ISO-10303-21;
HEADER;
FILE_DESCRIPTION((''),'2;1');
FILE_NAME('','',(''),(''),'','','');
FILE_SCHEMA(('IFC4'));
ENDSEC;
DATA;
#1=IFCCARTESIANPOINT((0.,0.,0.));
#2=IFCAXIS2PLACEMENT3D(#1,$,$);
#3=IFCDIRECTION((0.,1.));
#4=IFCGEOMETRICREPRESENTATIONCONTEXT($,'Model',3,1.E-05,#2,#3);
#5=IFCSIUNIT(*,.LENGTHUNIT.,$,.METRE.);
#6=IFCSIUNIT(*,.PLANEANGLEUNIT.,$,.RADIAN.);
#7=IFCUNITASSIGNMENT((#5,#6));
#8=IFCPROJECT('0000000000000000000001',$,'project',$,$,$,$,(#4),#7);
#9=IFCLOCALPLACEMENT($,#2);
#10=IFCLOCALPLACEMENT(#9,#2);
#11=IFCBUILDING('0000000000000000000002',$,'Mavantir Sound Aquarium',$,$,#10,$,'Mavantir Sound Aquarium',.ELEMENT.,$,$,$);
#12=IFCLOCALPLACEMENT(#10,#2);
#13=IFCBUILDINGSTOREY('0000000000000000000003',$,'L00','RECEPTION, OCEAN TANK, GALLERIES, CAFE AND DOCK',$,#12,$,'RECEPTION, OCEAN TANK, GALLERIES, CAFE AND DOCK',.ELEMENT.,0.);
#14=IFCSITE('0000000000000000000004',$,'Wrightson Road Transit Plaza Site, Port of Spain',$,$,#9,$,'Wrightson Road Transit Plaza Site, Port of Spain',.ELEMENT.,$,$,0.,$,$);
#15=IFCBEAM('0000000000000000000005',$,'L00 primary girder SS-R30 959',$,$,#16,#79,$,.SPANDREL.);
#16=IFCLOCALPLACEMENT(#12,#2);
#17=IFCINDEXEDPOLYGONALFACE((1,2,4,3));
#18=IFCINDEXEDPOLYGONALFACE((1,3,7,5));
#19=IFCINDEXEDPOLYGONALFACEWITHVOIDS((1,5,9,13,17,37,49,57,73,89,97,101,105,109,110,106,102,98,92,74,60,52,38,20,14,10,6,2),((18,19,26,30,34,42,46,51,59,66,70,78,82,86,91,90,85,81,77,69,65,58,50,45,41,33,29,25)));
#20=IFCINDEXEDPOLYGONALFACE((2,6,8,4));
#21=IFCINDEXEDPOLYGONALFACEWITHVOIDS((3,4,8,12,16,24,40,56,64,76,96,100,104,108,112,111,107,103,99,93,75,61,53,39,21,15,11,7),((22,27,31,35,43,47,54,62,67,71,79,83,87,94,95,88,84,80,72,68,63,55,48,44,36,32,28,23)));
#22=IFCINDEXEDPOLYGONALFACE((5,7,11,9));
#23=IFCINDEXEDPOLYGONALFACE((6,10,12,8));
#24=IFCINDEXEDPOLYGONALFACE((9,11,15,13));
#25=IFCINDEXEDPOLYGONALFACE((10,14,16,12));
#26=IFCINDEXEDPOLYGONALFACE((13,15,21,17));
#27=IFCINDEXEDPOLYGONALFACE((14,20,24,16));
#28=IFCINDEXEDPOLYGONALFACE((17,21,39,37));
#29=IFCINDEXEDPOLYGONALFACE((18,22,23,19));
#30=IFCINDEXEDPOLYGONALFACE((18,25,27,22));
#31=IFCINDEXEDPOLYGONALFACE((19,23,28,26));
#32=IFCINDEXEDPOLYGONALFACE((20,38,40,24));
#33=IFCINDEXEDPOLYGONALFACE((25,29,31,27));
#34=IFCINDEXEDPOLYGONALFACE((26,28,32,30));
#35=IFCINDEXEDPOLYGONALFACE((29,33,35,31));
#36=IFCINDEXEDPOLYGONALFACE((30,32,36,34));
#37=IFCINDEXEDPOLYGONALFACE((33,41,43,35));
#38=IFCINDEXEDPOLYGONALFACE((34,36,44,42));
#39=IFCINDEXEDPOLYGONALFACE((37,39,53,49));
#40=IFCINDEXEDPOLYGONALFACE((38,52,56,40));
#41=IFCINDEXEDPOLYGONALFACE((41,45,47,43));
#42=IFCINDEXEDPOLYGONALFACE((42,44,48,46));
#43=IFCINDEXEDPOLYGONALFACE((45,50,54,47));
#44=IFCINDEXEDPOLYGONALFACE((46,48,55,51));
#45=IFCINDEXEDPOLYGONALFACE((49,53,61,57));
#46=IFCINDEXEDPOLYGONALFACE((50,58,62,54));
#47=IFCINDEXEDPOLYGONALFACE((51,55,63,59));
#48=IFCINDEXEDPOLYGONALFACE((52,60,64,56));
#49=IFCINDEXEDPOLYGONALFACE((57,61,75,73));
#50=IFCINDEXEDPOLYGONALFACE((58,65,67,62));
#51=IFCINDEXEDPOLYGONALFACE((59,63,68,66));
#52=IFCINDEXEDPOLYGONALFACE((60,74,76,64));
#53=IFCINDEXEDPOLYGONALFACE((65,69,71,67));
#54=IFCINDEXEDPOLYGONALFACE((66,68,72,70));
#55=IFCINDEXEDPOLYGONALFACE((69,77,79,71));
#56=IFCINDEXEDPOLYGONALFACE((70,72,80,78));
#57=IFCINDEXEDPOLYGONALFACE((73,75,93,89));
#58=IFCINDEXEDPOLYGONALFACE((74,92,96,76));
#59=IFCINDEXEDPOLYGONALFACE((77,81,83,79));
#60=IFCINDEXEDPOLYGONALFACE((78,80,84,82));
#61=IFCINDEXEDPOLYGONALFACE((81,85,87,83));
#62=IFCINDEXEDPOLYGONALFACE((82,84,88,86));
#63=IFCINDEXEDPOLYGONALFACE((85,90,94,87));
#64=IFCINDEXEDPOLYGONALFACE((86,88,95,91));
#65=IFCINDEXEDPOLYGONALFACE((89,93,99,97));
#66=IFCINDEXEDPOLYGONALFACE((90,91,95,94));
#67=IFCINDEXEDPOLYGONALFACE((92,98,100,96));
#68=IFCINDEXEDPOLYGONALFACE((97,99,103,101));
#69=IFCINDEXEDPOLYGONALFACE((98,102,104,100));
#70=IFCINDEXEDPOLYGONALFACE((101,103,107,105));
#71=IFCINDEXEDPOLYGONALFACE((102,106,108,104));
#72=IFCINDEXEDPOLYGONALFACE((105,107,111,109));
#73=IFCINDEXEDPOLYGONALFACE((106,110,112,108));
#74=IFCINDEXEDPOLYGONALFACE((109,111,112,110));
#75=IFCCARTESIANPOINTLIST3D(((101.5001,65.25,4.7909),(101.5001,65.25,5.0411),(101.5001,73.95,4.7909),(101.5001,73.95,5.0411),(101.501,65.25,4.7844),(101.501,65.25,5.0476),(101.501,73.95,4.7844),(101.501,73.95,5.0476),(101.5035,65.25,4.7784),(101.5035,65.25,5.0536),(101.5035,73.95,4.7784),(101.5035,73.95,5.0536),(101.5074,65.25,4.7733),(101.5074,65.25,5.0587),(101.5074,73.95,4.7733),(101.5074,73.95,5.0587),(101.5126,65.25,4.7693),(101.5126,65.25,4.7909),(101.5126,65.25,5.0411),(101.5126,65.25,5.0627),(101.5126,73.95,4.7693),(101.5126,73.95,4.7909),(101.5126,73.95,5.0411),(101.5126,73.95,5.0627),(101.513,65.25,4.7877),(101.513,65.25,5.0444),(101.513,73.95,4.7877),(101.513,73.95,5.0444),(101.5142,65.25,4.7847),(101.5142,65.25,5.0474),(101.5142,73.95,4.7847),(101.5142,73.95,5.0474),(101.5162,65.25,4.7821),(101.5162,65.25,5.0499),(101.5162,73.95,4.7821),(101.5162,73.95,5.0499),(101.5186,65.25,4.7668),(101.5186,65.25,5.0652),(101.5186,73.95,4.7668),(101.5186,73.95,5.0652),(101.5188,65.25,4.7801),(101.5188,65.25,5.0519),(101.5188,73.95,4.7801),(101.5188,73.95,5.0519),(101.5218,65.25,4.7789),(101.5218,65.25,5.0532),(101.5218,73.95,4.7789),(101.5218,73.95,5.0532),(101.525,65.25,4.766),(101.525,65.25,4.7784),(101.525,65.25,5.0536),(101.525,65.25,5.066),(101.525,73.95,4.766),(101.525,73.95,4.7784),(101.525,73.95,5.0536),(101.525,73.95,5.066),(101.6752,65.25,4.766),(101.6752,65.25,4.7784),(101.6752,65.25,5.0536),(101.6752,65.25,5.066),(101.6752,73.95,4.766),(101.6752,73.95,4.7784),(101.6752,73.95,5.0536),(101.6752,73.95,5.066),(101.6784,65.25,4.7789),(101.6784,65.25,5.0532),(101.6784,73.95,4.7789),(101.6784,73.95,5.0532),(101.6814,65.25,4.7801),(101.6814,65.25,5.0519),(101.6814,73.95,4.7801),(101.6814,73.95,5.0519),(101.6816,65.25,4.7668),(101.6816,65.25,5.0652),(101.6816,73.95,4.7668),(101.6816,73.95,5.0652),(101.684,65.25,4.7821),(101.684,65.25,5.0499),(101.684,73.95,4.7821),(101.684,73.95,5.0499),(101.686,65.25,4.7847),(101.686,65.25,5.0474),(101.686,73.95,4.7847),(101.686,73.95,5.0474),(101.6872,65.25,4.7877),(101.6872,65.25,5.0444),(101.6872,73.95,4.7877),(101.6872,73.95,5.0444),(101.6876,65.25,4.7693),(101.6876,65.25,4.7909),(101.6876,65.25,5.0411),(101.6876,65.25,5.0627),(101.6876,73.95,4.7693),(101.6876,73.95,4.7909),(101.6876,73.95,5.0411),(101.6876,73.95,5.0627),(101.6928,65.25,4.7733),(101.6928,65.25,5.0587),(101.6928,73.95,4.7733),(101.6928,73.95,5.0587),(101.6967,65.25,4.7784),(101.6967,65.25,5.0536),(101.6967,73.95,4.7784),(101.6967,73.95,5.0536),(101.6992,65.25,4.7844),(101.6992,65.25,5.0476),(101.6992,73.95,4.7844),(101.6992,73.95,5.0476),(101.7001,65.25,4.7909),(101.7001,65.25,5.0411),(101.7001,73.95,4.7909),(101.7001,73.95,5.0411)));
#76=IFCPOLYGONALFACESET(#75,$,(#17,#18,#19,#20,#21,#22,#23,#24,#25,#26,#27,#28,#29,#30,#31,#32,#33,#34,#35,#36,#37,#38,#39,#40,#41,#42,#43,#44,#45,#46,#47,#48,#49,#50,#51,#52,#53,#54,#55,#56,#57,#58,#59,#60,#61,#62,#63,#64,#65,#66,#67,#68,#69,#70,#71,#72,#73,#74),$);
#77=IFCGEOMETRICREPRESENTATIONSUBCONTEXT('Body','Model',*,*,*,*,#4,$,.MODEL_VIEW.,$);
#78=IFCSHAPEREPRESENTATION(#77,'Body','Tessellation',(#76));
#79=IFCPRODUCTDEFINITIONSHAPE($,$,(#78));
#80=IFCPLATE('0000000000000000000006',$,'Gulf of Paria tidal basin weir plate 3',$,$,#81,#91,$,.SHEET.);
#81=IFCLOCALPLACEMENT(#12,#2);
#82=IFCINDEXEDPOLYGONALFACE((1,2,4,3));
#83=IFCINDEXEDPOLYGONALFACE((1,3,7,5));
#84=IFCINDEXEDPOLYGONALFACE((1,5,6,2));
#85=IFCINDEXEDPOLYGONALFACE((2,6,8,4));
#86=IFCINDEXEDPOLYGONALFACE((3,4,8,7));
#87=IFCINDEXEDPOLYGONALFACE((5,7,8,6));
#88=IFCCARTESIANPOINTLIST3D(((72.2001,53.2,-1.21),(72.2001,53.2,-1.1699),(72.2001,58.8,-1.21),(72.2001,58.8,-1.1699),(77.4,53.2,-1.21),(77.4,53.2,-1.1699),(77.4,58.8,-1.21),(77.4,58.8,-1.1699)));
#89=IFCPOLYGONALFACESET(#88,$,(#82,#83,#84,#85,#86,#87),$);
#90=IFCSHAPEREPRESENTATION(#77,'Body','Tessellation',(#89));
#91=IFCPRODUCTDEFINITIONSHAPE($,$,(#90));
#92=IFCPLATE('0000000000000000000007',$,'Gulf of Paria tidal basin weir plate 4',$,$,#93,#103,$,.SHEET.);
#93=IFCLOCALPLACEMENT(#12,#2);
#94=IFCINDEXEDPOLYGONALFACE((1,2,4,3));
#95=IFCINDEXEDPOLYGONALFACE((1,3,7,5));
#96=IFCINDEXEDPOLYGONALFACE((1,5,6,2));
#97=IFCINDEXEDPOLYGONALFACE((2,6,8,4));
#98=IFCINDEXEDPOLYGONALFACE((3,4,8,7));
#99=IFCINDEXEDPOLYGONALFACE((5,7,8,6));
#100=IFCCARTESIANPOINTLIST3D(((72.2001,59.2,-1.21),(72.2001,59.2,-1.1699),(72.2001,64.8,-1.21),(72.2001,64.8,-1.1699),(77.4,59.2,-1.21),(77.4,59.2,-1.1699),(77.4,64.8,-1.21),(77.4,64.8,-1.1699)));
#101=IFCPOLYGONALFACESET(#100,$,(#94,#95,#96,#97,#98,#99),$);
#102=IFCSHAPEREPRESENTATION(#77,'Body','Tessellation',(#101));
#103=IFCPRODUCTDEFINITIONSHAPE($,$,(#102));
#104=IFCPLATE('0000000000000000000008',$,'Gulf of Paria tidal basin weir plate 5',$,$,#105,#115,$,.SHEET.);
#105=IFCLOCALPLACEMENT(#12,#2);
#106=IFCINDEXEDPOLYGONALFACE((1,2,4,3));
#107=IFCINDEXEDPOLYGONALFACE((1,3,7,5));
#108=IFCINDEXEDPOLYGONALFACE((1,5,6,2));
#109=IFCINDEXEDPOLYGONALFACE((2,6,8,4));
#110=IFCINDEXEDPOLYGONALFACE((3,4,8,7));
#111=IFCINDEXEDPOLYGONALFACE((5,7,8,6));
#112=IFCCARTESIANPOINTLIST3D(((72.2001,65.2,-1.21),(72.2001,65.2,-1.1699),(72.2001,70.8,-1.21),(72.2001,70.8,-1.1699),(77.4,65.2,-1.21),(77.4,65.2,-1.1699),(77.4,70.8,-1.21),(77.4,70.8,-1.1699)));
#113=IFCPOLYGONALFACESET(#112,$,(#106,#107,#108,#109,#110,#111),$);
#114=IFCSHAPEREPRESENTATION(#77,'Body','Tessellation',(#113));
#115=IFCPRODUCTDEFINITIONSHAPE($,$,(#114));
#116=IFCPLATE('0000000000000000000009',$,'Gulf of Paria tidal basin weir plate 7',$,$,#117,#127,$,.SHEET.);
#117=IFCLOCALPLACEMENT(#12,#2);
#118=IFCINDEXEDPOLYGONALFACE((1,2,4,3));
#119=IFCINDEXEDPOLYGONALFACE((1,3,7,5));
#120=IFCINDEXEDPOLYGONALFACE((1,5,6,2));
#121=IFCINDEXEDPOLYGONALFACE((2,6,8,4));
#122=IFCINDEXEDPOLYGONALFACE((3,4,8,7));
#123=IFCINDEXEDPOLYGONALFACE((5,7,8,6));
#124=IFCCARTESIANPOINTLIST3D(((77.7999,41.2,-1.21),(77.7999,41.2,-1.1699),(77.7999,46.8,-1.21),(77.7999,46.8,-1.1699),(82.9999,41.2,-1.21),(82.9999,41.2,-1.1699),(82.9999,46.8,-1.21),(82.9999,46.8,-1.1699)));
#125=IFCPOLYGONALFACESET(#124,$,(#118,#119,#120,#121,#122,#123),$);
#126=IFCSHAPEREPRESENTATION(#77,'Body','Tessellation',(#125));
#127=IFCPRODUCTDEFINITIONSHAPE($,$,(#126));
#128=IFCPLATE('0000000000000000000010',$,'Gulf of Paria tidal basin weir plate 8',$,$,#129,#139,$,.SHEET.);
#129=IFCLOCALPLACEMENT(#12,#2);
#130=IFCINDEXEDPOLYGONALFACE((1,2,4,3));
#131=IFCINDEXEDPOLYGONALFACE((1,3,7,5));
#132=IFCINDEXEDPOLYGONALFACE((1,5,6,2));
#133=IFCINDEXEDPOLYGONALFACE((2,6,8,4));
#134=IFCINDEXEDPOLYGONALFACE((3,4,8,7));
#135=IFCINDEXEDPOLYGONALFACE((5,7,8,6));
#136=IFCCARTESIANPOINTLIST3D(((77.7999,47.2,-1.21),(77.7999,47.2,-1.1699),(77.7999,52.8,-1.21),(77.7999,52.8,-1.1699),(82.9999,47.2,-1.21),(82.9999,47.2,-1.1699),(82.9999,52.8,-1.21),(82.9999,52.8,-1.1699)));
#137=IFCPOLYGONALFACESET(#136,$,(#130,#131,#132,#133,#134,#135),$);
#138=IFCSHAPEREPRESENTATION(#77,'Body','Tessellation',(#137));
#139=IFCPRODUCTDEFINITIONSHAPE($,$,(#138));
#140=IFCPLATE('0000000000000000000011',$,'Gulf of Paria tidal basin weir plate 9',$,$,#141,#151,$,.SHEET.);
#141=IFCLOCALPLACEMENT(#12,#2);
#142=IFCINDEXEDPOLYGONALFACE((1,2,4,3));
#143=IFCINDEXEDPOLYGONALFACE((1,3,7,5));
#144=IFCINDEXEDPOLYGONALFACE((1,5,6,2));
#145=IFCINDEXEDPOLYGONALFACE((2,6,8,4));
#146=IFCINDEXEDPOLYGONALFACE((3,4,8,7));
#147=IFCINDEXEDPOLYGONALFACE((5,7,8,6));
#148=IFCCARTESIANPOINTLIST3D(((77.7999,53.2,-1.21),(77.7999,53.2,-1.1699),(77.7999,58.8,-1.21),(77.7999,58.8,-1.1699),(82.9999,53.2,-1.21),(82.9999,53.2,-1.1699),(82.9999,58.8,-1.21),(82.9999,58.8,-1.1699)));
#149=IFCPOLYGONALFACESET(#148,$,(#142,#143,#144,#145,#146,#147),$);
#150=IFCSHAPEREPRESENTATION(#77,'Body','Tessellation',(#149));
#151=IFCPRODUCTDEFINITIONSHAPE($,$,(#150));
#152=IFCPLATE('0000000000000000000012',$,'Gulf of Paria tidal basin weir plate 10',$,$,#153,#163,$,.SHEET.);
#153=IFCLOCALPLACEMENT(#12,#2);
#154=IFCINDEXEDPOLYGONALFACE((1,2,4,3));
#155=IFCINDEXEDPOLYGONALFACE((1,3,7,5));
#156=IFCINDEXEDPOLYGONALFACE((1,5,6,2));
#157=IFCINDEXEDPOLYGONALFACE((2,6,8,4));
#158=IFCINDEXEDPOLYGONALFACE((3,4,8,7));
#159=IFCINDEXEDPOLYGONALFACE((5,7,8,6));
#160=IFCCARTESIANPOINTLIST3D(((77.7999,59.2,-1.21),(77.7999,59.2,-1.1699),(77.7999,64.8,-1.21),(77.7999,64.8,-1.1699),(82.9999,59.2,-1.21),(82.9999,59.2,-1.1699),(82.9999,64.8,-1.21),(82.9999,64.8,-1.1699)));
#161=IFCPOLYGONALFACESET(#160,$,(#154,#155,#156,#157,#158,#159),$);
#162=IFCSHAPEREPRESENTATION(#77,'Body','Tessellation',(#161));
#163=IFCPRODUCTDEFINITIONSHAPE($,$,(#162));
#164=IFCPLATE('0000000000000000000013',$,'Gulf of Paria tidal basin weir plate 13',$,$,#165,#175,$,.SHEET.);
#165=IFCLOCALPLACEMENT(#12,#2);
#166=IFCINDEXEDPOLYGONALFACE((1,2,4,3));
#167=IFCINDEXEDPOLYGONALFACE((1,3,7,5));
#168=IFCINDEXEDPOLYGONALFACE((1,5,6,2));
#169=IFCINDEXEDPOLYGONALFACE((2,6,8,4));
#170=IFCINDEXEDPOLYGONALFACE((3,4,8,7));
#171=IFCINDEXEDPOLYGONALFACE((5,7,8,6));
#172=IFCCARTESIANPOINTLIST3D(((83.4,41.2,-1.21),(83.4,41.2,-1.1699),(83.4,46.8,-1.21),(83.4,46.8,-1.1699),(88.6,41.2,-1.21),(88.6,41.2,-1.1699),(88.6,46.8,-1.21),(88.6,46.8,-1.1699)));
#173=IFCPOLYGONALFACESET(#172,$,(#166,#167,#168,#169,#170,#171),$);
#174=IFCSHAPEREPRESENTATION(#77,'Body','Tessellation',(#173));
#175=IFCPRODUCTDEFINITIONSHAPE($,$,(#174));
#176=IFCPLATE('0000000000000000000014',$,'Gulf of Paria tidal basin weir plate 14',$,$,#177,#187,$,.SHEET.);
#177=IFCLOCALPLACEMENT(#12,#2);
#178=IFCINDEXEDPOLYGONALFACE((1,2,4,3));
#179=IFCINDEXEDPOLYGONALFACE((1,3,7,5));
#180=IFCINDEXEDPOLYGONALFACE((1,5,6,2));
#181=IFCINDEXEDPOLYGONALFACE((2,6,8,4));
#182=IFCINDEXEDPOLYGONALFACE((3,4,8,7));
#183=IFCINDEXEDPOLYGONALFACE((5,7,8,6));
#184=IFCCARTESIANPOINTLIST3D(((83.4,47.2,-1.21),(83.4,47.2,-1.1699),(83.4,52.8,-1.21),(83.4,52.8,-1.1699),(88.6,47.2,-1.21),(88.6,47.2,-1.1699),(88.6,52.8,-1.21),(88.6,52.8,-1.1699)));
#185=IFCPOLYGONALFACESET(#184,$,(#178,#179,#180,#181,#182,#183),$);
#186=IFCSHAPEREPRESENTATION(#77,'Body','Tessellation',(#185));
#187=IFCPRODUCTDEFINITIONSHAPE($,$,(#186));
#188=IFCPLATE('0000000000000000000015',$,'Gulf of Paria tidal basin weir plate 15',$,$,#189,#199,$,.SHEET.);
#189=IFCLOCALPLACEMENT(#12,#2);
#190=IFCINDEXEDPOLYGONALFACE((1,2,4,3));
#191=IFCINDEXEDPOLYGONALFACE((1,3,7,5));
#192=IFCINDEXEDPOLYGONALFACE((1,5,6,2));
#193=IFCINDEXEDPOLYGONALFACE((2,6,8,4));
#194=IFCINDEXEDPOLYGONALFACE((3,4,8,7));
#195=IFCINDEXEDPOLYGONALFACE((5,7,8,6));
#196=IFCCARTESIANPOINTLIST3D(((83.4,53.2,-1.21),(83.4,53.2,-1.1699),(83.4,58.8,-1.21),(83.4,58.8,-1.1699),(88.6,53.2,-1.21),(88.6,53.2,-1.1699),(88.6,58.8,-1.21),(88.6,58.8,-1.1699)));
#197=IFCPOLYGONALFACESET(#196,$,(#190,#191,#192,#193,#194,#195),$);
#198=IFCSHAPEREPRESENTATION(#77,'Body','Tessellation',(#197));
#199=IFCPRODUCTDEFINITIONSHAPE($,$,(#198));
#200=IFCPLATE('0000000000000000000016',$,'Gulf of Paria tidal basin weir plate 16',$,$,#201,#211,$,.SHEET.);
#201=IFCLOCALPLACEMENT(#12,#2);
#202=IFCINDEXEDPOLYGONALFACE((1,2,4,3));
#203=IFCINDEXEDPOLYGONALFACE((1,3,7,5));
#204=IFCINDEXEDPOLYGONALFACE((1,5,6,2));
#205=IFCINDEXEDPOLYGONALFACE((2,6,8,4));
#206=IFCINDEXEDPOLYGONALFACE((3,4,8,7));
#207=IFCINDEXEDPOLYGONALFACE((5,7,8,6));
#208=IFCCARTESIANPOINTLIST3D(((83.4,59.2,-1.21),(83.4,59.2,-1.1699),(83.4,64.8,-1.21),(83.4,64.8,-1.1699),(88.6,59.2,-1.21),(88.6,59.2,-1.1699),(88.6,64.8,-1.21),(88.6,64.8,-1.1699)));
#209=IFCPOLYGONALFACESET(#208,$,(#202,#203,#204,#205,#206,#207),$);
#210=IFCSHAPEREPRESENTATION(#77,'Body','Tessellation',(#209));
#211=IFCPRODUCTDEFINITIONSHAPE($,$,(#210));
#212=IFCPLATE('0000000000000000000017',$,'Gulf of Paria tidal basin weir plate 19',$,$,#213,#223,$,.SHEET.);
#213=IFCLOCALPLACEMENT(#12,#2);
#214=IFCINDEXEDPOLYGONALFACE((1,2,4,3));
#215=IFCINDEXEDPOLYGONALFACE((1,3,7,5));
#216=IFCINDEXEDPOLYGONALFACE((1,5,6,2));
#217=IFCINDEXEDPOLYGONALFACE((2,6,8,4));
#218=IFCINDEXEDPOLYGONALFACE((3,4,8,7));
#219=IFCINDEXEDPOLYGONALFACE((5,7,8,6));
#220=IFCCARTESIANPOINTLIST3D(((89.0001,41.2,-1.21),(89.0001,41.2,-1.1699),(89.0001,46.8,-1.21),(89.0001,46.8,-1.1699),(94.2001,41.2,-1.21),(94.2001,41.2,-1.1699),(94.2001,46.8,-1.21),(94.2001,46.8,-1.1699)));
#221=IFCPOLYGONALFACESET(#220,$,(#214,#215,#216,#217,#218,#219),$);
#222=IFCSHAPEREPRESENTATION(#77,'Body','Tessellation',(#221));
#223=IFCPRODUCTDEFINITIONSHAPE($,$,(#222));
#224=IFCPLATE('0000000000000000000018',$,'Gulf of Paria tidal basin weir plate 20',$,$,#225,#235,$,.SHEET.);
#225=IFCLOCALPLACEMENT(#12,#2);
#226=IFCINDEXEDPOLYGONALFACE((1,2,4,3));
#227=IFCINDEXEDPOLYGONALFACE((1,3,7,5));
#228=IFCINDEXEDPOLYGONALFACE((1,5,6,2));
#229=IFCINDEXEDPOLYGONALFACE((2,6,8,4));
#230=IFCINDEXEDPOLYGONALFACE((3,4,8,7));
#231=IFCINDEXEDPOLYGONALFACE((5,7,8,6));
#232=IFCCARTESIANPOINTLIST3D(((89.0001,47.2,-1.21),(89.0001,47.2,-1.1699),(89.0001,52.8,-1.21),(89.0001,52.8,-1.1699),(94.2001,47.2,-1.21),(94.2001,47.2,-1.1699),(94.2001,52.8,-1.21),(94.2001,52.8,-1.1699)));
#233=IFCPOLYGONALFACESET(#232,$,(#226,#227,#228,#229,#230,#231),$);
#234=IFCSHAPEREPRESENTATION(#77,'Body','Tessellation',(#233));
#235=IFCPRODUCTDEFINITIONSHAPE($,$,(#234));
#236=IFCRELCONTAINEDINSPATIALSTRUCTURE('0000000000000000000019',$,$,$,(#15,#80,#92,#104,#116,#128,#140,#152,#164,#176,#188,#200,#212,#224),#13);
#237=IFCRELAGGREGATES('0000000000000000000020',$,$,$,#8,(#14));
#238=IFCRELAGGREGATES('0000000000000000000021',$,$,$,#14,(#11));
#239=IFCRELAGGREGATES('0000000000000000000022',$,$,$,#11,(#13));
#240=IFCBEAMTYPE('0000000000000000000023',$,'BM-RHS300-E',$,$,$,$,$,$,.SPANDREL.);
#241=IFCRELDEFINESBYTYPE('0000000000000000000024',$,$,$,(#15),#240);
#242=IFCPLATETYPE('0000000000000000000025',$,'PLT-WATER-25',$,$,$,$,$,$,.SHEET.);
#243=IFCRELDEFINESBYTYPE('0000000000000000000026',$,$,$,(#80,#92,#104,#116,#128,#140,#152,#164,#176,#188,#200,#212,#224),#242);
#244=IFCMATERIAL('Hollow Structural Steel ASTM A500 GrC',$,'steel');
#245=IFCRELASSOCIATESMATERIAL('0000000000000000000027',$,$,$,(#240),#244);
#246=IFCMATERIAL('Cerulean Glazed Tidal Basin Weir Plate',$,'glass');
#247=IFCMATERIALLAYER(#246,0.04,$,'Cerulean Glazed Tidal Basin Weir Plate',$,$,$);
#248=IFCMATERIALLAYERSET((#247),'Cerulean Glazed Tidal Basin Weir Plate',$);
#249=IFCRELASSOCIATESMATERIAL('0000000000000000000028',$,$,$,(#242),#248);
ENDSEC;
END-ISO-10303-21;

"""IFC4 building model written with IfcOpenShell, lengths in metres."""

from ifc_helpers import new_model, si_unit, direction, frame, origin, origin_2d, place, context, subcontext, project, spatial, rectangle, hollow_rectangle, extrude, material, layer, layer_set, material_profile, profile_set, type_object, element, save


model = new_model("IFC4")

# Units and contexts
model_context = context("Model", 3, precision=1e-05, world=origin(), true_north=direction((0.0, 1.0)))
body_context = subcontext(model_context, "Body", "Model", "MODEL_VIEW")
ifc_project = project(units=[si_unit("LENGTHUNIT", "METRE"), si_unit("PLANEANGLEUNIT", "RADIAN")], contexts=[model_context])

# Site, building, storey
site_placement = place(None, origin())
site = spatial("IfcSite", under=ifc_project, at=site_placement, Name="Wrightson Road Transit Plaza Site, Port of Spain", LongName="Wrightson Road Transit Plaza Site, Port of Spain", CompositionType="ELEMENT", RefElevation=0.0)
building_placement = place(site_placement, origin())
building = spatial("IfcBuilding", under=site, at=building_placement, Name="Mavantir Sound Aquarium", LongName="Mavantir Sound Aquarium", CompositionType="ELEMENT")
storey_placement = place(building_placement, origin())
storey = spatial("IfcBuildingStorey", under=building, at=storey_placement, Name="L00", Description="RECEPTION, OCEAN TANK, GALLERIES, CAFE AND DOCK", LongName="RECEPTION, OCEAN TANK, GALLERIES, CAFE AND DOCK", CompositionType="ELEMENT", Elevation=0.0)

# Beam
ifc_material_1 = material(Name="Hollow Structural Steel ASTM A500 GrC", Category="steel")
ifc_material_profile_1 = material_profile(ifc_material_1, hollow_rectangle(XDim=0.2, YDim=0.3, WallThickness=0.0125, InnerFilletRadius=0.0125, OuterFilletRadius=0.0249, at=origin_2d()), Name="RHS 300X200X12.5")
ifc_profile_set_1 = profile_set([ifc_material_profile_1], Name="Hollow Structural Steel ASTM A500 GrC")
beam_type = type_object("IfcBeamType", Name="BM-RHS300-E", PredefinedType="SPANDREL", material=ifc_profile_set_1)
beam_1_placement = place(storey_placement, frame((101.6001, 65.25, 4.916), z_axis=(0.0, 1.0, 0.0), x_axis=(-1.0, 0.0, 0.0)))
element("IfcBeam", 1, at=beam_1_placement, inside=storey, type_object=beam_type, Name="L00 primary girder SS-R30 959", PredefinedType="SPANDREL", context=body_context, shape_type="SweptSolid", body=[
    extrude(hollow_rectangle(XDim=0.2, YDim=0.3, WallThickness=0.0125, InnerFilletRadius=0.0125, OuterFilletRadius=0.0249, at=origin_2d()), origin(), (0.0, 0.0, 1.0), 8.7),
])

# Plates
ifc_material_2 = material(Name="Cerulean Glazed Tidal Basin Weir Plate", Category="glass")
ifc_layer_1 = layer(ifc_material_2, 0.04, Name="Cerulean Glazed Tidal Basin Weir Plate")
ifc_layer_set_1 = layer_set([ifc_layer_1], Name="Cerulean Glazed Tidal Basin Weir Plate")
plate_type = type_object("IfcPlateType", Name="PLT-WATER-25", PredefinedType="SHEET", material=ifc_layer_set_1)
for number, where, z_axis, x_axis, name in (
    (2, (74.8, 56.0, -1.21), (0.0, 0.0, 1.0), (1.0, 0.0, 0.0), "Gulf of Paria tidal basin weir plate 3"),
    (3, (74.8, 62.0, -1.21), (0.0, 0.0, 1.0), (1.0, 0.0, 0.0), "Gulf of Paria tidal basin weir plate 4"),
    (4, (74.8, 68.0, -1.21), (0.0, 0.0, 1.0), (1.0, 0.0, 0.0), "Gulf of Paria tidal basin weir plate 5"),
    (5, (80.3999, 44.0, -1.21), (0.0, 0.0, 1.0), (1.0, 0.0, 0.0), "Gulf of Paria tidal basin weir plate 7"),
    (6, (80.3999, 50.0, -1.21), (0.0, 0.0, 1.0), (1.0, 0.0, 0.0), "Gulf of Paria tidal basin weir plate 8"),
    (7, (80.3999, 56.0, -1.21), (0.0, 0.0, 1.0), (1.0, 0.0, 0.0), "Gulf of Paria tidal basin weir plate 9"),
    (8, (80.3999, 62.0, -1.21), (0.0, 0.0, 1.0), (1.0, 0.0, 0.0), "Gulf of Paria tidal basin weir plate 10"),
    (9, (86.0, 44.0, -1.21), (0.0, 0.0, 1.0), (1.0, 0.0, 0.0), "Gulf of Paria tidal basin weir plate 13"),
    (10, (86.0, 50.0, -1.21), (0.0, 0.0, 1.0), (1.0, 0.0, 0.0), "Gulf of Paria tidal basin weir plate 14"),
    (11, (86.0, 56.0, -1.21), (0.0, 0.0, 1.0), (1.0, 0.0, 0.0), "Gulf of Paria tidal basin weir plate 15"),
    (12, (86.0, 62.0, -1.21), (0.0, 0.0, 1.0), (1.0, 0.0, 0.0), "Gulf of Paria tidal basin weir plate 16"),
    (13, (91.6001, 44.0, -1.21), (0.0, 0.0, 1.0), (1.0, 0.0, 0.0), "Gulf of Paria tidal basin weir plate 19"),
    (14, (91.6001, 50.0, -1.21), (0.0, 0.0, 1.0), (1.0, 0.0, 0.0), "Gulf of Paria tidal basin weir plate 20"),
):
    element("IfcPlate", number, at=place(storey_placement, frame(where, z_axis=z_axis, x_axis=x_axis)), inside=storey, type_object=plate_type, Name=name, PredefinedType="SHEET", context=body_context, shape_type="SweptSolid", body=[
        extrude(rectangle(XDim=5.2, YDim=5.6001, at=origin_2d()), origin(), (0.0, 0.0, 1.0), 0.04),
    ])

save(model, "model.ifc")
